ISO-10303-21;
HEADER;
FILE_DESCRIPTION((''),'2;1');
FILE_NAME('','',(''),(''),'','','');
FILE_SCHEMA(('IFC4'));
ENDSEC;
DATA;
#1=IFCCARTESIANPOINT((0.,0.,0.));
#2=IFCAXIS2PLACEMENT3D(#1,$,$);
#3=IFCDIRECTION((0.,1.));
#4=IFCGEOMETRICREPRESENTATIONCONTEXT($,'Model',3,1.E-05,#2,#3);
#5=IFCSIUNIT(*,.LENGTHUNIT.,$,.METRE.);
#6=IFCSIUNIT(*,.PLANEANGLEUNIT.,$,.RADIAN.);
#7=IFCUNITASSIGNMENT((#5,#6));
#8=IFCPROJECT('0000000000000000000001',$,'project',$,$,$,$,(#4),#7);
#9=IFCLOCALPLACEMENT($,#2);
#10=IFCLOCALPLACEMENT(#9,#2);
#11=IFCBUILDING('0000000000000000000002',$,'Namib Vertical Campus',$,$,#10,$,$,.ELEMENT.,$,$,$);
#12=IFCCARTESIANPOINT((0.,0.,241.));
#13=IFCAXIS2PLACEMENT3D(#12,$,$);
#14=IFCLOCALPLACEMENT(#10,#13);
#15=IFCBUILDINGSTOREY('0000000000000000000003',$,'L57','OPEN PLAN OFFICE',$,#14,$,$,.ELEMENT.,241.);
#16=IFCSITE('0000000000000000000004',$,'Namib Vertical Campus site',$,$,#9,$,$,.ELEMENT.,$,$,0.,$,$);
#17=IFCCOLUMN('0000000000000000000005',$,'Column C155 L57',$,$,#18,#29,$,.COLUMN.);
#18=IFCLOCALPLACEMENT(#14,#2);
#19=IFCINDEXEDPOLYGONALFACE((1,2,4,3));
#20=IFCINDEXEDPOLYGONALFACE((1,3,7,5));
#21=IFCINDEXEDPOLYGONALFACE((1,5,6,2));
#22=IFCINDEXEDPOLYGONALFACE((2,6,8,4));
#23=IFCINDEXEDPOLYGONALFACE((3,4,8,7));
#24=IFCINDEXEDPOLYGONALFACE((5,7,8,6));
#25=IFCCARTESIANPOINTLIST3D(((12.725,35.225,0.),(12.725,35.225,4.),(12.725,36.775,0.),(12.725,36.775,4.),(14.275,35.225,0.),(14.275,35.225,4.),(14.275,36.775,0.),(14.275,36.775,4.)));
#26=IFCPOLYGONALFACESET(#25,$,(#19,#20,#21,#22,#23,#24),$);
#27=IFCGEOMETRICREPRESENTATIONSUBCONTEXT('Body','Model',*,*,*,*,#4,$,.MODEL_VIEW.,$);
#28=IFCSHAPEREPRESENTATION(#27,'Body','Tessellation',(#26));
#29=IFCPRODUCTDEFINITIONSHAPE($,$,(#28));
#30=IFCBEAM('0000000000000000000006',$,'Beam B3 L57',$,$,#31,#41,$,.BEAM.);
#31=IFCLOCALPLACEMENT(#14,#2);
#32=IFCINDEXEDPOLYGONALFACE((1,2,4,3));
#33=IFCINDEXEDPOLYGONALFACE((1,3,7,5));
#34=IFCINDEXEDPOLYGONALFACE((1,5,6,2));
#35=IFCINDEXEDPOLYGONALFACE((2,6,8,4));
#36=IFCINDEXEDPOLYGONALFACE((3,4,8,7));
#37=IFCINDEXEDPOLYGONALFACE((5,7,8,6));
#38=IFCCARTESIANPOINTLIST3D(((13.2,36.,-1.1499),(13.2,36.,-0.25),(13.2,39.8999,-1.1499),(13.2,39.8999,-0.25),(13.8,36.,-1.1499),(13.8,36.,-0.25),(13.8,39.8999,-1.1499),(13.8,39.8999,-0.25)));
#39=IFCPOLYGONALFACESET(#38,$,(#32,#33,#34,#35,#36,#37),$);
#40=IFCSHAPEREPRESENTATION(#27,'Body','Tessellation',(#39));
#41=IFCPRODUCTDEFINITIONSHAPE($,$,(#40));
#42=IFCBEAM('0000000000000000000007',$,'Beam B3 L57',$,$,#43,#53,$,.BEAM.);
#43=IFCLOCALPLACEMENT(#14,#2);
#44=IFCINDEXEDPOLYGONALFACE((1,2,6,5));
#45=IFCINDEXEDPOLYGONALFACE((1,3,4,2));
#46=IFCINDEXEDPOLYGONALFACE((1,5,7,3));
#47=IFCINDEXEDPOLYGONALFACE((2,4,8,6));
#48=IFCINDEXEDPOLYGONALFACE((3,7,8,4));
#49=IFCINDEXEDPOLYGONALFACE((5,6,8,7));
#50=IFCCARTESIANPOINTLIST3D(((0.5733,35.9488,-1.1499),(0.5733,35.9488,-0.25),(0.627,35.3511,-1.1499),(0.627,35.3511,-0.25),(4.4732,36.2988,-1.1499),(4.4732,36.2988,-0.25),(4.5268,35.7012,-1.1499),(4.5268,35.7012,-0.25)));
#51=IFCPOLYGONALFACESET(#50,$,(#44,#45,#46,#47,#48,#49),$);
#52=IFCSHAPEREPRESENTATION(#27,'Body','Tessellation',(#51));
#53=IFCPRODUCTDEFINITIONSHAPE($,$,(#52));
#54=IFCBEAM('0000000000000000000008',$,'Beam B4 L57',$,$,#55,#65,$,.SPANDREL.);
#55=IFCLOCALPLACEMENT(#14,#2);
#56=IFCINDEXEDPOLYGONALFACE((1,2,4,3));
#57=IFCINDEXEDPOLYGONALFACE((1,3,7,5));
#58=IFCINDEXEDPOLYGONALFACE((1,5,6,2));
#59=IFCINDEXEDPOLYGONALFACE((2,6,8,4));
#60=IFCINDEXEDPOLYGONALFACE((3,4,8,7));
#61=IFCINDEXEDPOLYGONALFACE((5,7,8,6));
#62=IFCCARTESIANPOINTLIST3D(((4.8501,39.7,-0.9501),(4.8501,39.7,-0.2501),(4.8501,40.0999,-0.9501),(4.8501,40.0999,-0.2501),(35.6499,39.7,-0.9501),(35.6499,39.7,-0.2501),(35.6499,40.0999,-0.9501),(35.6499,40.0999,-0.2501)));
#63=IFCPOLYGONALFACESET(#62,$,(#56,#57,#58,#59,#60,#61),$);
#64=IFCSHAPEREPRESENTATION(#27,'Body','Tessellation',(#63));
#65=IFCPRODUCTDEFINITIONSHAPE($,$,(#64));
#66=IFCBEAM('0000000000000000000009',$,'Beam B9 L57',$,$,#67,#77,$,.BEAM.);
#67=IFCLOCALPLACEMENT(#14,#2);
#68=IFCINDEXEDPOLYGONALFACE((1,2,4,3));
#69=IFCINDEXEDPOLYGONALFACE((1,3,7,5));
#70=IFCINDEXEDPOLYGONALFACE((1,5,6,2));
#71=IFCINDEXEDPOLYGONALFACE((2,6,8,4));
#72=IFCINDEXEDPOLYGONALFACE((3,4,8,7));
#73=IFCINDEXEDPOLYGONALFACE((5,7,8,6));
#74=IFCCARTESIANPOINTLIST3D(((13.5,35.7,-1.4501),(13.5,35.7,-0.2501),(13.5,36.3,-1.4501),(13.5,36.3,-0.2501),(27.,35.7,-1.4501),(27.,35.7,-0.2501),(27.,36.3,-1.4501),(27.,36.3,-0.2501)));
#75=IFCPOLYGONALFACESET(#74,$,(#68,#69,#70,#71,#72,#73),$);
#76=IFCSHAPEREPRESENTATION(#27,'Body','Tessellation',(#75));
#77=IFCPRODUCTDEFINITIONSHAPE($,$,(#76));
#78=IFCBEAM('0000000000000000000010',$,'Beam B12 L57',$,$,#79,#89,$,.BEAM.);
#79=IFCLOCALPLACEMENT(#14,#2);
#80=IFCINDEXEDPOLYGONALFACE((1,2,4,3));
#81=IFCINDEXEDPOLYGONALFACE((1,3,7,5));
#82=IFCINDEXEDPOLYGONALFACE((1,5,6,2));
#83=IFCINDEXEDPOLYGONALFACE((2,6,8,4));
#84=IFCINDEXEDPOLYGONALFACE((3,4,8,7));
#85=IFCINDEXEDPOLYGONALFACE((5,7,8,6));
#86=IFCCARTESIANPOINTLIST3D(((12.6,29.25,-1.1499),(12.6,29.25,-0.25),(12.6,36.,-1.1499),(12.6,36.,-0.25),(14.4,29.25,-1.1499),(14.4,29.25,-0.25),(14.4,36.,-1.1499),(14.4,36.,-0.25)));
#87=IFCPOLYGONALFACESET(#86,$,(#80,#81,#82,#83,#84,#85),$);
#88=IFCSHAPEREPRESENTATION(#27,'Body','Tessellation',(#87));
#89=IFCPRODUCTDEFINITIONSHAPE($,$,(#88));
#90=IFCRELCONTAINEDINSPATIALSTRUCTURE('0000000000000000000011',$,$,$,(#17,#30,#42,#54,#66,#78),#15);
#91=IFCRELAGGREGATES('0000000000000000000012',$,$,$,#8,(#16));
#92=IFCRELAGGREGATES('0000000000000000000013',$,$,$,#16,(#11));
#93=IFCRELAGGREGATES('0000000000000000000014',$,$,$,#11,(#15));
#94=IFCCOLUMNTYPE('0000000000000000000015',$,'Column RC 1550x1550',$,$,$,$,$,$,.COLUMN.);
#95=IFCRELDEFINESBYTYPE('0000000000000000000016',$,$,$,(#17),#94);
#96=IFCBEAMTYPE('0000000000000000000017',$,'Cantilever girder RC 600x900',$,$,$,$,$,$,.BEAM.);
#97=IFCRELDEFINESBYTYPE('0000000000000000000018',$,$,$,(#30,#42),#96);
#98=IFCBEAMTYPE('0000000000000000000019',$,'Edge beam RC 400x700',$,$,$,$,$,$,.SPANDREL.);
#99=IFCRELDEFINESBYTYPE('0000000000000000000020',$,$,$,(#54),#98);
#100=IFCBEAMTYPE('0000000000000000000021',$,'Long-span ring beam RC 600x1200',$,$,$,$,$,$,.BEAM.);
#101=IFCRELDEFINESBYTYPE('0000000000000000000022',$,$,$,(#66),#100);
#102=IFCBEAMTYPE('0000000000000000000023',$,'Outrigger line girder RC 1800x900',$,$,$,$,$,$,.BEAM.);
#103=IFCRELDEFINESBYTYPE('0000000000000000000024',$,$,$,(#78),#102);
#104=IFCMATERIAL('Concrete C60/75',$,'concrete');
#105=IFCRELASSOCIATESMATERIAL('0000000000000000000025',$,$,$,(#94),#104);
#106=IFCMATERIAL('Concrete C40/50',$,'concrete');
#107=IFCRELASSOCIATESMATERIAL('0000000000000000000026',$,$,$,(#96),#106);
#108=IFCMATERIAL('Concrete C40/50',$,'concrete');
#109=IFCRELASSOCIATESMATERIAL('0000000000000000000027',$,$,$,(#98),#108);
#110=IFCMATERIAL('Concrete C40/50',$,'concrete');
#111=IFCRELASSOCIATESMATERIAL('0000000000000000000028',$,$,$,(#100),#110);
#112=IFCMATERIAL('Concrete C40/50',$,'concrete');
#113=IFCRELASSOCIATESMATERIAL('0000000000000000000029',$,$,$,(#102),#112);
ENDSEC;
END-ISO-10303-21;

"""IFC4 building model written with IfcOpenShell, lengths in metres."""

from ifc_helpers import new_model, si_unit, direction, frame, origin, origin_2d, place, context, subcontext, project, spatial, rectangle, extrude, material, material_profile, profile_set, type_object, element, save


model = new_model("IFC4")

# Units and contexts
model_context = context("Model", 3, precision=1e-05, world=origin(), true_north=direction((0.0, 1.0)))
body_context = subcontext(model_context, "Body", "Model", "MODEL_VIEW")
ifc_project = project(units=[si_unit("LENGTHUNIT", "METRE"), si_unit("PLANEANGLEUNIT", "RADIAN")], contexts=[model_context])

# Site, building, storey
site_placement = place(None, origin())
site = spatial("IfcSite", under=ifc_project, at=site_placement, Name="Namib Vertical Campus site", CompositionType="ELEMENT", RefElevation=0.0)
building_placement = place(site_placement, origin())
building = spatial("IfcBuilding", under=site, at=building_placement, Name="Namib Vertical Campus", CompositionType="ELEMENT")
storey_placement = place(building_placement, frame((0.0, 0.0, 241.0)))
storey = spatial("IfcBuildingStorey", under=building, at=storey_placement, Name="L57", Description="OPEN PLAN OFFICE", CompositionType="ELEMENT", Elevation=241.0)

# Column
ifc_material_1 = material(Name="Concrete C60/75", Category="concrete")
ifc_material_profile_1 = material_profile(ifc_material_1, rectangle(XDim=1.55, YDim=1.55, at=origin_2d()))
ifc_profile_set_1 = profile_set([ifc_material_profile_1], Name="Concrete C60/75")
column_type = type_object("IfcColumnType", Name="Column RC 1550x1550", PredefinedType="COLUMN", material=ifc_profile_set_1)
column_placement = place(storey_placement, frame((13.5, 36.0, 0.0), z_axis=(0.0, 0.0, 1.0), x_axis=(1.0, 0.0, 0.0)))
element("IfcColumn", 1, at=column_placement, inside=storey, type_object=column_type, Name="Column C155 L57", PredefinedType="COLUMN", context=body_context, shape_type="SweptSolid", body=[
    extrude(rectangle(XDim=1.55, YDim=1.55, at=origin_2d()), origin(), (0.0, 0.0, 1.0), 4.0),
])

# Beams
ifc_material_2 = material(Name="Concrete C40/50", Category="concrete")
ifc_material_profile_2 = material_profile(ifc_material_2, rectangle(XDim=0.6001, YDim=0.8999, at=origin_2d()))
ifc_profile_set_2 = profile_set([ifc_material_profile_2], Name="Concrete C40/50")
beam_type_1 = type_object("IfcBeamType", Name="Cantilever girder RC 600x900", PredefinedType="BEAM", material=ifc_profile_set_2)
beam_1_placement = place(storey_placement, frame((13.5, 36.0, -0.7), z_axis=(0.0, 1.0, 0.0), x_axis=(-1.0, 0.0, 0.0)))
element("IfcBeam", 2, at=beam_1_placement, inside=storey, type_object=beam_type_1, Name="Beam B3 L57", PredefinedType="BEAM", context=body_context, shape_type="SweptSolid", body=[
    extrude(rectangle(XDim=0.6001, YDim=0.8999, at=origin_2d()), origin(), (0.0, 0.0, 1.0), 3.8999),
])
beam_2_placement = place(storey_placement, frame((4.5, 36.0, -0.7), z_axis=(-0.995995, -0.089411, 0.0), x_axis=(0.089411, -0.995995, 0.0)))
element("IfcBeam", 3, at=beam_2_placement, inside=storey, type_object=beam_type_1, Name="Beam B3 L57", PredefinedType="BEAM", context=body_context, shape_type="SweptSolid", body=[
    extrude(rectangle(XDim=0.6001, YDim=0.8999, at=origin_2d()), origin(), (0.0, 0.0, 1.0), 3.9155),
])
ifc_material_3 = material(Name="Concrete C40/50", Category="concrete")
ifc_material_profile_3 = material_profile(ifc_material_3, rectangle(XDim=0.3999, YDim=0.7, at=origin_2d()))
ifc_profile_set_3 = profile_set([ifc_material_profile_3], Name="Concrete C40/50")
beam_type_2 = type_object("IfcBeamType", Name="Edge beam RC 400x700", PredefinedType="SPANDREL", material=ifc_profile_set_3)
beam_3_placement = place(storey_placement, frame((4.8501, 39.8999, -0.6001), z_axis=(1.0, 0.0, 0.0), x_axis=(0.0, 1.0, 0.0)))
element("IfcBeam", 4, at=beam_3_placement, inside=storey, type_object=beam_type_2, Name="Beam B4 L57", PredefinedType="SPANDREL", context=body_context, shape_type="SweptSolid", body=[
    extrude(rectangle(XDim=0.3999, YDim=0.7, at=origin_2d()), origin(), (0.0, 0.0, 1.0), 30.7998),
])
ifc_material_4 = material(Name="Concrete C40/50", Category="concrete")
ifc_material_profile_4 = material_profile(ifc_material_4, rectangle(XDim=0.6001, YDim=1.2, at=origin_2d()))
ifc_profile_set_4 = profile_set([ifc_material_profile_4], Name="Concrete C40/50")
beam_type_3 = type_object("IfcBeamType", Name="Long-span ring beam RC 600x1200", PredefinedType="BEAM", material=ifc_profile_set_4)
beam_4_placement = place(storey_placement, frame((13.5, 36.0, -0.8501), z_axis=(1.0, 0.0, 0.0), x_axis=(0.0, 1.0, 0.0)))
element("IfcBeam", 5, at=beam_4_placement, inside=storey, type_object=beam_type_3, Name="Beam B9 L57", PredefinedType="BEAM", context=body_context, shape_type="SweptSolid", body=[
    extrude(rectangle(XDim=0.6001, YDim=1.2, at=origin_2d()), origin(), (0.0, 0.0, 1.0), 13.5),
])
ifc_material_5 = material(Name="Concrete C40/50", Category="concrete")
ifc_material_profile_5 = material_profile(ifc_material_5, rectangle(XDim=1.8, YDim=0.8999, at=origin_2d()))
ifc_profile_set_5 = profile_set([ifc_material_profile_5], Name="Concrete C40/50")
beam_type_4 = type_object("IfcBeamType", Name="Outrigger line girder RC 1800x900", PredefinedType="BEAM", material=ifc_profile_set_5)
beam_5_placement = place(storey_placement, frame((13.5, 36.0, -0.7), z_axis=(0.0, -1.0, 0.0), x_axis=(1.0, 0.0, 0.0)))
element("IfcBeam", 6, at=beam_5_placement, inside=storey, type_object=beam_type_4, Name="Beam B12 L57", PredefinedType="BEAM", context=body_context, shape_type="SweptSolid", body=[
    extrude(rectangle(XDim=1.8, YDim=0.8999, at=origin_2d()), origin(), (0.0, 0.0, 1.0), 6.75),
])

save(model, "model.ifc")
